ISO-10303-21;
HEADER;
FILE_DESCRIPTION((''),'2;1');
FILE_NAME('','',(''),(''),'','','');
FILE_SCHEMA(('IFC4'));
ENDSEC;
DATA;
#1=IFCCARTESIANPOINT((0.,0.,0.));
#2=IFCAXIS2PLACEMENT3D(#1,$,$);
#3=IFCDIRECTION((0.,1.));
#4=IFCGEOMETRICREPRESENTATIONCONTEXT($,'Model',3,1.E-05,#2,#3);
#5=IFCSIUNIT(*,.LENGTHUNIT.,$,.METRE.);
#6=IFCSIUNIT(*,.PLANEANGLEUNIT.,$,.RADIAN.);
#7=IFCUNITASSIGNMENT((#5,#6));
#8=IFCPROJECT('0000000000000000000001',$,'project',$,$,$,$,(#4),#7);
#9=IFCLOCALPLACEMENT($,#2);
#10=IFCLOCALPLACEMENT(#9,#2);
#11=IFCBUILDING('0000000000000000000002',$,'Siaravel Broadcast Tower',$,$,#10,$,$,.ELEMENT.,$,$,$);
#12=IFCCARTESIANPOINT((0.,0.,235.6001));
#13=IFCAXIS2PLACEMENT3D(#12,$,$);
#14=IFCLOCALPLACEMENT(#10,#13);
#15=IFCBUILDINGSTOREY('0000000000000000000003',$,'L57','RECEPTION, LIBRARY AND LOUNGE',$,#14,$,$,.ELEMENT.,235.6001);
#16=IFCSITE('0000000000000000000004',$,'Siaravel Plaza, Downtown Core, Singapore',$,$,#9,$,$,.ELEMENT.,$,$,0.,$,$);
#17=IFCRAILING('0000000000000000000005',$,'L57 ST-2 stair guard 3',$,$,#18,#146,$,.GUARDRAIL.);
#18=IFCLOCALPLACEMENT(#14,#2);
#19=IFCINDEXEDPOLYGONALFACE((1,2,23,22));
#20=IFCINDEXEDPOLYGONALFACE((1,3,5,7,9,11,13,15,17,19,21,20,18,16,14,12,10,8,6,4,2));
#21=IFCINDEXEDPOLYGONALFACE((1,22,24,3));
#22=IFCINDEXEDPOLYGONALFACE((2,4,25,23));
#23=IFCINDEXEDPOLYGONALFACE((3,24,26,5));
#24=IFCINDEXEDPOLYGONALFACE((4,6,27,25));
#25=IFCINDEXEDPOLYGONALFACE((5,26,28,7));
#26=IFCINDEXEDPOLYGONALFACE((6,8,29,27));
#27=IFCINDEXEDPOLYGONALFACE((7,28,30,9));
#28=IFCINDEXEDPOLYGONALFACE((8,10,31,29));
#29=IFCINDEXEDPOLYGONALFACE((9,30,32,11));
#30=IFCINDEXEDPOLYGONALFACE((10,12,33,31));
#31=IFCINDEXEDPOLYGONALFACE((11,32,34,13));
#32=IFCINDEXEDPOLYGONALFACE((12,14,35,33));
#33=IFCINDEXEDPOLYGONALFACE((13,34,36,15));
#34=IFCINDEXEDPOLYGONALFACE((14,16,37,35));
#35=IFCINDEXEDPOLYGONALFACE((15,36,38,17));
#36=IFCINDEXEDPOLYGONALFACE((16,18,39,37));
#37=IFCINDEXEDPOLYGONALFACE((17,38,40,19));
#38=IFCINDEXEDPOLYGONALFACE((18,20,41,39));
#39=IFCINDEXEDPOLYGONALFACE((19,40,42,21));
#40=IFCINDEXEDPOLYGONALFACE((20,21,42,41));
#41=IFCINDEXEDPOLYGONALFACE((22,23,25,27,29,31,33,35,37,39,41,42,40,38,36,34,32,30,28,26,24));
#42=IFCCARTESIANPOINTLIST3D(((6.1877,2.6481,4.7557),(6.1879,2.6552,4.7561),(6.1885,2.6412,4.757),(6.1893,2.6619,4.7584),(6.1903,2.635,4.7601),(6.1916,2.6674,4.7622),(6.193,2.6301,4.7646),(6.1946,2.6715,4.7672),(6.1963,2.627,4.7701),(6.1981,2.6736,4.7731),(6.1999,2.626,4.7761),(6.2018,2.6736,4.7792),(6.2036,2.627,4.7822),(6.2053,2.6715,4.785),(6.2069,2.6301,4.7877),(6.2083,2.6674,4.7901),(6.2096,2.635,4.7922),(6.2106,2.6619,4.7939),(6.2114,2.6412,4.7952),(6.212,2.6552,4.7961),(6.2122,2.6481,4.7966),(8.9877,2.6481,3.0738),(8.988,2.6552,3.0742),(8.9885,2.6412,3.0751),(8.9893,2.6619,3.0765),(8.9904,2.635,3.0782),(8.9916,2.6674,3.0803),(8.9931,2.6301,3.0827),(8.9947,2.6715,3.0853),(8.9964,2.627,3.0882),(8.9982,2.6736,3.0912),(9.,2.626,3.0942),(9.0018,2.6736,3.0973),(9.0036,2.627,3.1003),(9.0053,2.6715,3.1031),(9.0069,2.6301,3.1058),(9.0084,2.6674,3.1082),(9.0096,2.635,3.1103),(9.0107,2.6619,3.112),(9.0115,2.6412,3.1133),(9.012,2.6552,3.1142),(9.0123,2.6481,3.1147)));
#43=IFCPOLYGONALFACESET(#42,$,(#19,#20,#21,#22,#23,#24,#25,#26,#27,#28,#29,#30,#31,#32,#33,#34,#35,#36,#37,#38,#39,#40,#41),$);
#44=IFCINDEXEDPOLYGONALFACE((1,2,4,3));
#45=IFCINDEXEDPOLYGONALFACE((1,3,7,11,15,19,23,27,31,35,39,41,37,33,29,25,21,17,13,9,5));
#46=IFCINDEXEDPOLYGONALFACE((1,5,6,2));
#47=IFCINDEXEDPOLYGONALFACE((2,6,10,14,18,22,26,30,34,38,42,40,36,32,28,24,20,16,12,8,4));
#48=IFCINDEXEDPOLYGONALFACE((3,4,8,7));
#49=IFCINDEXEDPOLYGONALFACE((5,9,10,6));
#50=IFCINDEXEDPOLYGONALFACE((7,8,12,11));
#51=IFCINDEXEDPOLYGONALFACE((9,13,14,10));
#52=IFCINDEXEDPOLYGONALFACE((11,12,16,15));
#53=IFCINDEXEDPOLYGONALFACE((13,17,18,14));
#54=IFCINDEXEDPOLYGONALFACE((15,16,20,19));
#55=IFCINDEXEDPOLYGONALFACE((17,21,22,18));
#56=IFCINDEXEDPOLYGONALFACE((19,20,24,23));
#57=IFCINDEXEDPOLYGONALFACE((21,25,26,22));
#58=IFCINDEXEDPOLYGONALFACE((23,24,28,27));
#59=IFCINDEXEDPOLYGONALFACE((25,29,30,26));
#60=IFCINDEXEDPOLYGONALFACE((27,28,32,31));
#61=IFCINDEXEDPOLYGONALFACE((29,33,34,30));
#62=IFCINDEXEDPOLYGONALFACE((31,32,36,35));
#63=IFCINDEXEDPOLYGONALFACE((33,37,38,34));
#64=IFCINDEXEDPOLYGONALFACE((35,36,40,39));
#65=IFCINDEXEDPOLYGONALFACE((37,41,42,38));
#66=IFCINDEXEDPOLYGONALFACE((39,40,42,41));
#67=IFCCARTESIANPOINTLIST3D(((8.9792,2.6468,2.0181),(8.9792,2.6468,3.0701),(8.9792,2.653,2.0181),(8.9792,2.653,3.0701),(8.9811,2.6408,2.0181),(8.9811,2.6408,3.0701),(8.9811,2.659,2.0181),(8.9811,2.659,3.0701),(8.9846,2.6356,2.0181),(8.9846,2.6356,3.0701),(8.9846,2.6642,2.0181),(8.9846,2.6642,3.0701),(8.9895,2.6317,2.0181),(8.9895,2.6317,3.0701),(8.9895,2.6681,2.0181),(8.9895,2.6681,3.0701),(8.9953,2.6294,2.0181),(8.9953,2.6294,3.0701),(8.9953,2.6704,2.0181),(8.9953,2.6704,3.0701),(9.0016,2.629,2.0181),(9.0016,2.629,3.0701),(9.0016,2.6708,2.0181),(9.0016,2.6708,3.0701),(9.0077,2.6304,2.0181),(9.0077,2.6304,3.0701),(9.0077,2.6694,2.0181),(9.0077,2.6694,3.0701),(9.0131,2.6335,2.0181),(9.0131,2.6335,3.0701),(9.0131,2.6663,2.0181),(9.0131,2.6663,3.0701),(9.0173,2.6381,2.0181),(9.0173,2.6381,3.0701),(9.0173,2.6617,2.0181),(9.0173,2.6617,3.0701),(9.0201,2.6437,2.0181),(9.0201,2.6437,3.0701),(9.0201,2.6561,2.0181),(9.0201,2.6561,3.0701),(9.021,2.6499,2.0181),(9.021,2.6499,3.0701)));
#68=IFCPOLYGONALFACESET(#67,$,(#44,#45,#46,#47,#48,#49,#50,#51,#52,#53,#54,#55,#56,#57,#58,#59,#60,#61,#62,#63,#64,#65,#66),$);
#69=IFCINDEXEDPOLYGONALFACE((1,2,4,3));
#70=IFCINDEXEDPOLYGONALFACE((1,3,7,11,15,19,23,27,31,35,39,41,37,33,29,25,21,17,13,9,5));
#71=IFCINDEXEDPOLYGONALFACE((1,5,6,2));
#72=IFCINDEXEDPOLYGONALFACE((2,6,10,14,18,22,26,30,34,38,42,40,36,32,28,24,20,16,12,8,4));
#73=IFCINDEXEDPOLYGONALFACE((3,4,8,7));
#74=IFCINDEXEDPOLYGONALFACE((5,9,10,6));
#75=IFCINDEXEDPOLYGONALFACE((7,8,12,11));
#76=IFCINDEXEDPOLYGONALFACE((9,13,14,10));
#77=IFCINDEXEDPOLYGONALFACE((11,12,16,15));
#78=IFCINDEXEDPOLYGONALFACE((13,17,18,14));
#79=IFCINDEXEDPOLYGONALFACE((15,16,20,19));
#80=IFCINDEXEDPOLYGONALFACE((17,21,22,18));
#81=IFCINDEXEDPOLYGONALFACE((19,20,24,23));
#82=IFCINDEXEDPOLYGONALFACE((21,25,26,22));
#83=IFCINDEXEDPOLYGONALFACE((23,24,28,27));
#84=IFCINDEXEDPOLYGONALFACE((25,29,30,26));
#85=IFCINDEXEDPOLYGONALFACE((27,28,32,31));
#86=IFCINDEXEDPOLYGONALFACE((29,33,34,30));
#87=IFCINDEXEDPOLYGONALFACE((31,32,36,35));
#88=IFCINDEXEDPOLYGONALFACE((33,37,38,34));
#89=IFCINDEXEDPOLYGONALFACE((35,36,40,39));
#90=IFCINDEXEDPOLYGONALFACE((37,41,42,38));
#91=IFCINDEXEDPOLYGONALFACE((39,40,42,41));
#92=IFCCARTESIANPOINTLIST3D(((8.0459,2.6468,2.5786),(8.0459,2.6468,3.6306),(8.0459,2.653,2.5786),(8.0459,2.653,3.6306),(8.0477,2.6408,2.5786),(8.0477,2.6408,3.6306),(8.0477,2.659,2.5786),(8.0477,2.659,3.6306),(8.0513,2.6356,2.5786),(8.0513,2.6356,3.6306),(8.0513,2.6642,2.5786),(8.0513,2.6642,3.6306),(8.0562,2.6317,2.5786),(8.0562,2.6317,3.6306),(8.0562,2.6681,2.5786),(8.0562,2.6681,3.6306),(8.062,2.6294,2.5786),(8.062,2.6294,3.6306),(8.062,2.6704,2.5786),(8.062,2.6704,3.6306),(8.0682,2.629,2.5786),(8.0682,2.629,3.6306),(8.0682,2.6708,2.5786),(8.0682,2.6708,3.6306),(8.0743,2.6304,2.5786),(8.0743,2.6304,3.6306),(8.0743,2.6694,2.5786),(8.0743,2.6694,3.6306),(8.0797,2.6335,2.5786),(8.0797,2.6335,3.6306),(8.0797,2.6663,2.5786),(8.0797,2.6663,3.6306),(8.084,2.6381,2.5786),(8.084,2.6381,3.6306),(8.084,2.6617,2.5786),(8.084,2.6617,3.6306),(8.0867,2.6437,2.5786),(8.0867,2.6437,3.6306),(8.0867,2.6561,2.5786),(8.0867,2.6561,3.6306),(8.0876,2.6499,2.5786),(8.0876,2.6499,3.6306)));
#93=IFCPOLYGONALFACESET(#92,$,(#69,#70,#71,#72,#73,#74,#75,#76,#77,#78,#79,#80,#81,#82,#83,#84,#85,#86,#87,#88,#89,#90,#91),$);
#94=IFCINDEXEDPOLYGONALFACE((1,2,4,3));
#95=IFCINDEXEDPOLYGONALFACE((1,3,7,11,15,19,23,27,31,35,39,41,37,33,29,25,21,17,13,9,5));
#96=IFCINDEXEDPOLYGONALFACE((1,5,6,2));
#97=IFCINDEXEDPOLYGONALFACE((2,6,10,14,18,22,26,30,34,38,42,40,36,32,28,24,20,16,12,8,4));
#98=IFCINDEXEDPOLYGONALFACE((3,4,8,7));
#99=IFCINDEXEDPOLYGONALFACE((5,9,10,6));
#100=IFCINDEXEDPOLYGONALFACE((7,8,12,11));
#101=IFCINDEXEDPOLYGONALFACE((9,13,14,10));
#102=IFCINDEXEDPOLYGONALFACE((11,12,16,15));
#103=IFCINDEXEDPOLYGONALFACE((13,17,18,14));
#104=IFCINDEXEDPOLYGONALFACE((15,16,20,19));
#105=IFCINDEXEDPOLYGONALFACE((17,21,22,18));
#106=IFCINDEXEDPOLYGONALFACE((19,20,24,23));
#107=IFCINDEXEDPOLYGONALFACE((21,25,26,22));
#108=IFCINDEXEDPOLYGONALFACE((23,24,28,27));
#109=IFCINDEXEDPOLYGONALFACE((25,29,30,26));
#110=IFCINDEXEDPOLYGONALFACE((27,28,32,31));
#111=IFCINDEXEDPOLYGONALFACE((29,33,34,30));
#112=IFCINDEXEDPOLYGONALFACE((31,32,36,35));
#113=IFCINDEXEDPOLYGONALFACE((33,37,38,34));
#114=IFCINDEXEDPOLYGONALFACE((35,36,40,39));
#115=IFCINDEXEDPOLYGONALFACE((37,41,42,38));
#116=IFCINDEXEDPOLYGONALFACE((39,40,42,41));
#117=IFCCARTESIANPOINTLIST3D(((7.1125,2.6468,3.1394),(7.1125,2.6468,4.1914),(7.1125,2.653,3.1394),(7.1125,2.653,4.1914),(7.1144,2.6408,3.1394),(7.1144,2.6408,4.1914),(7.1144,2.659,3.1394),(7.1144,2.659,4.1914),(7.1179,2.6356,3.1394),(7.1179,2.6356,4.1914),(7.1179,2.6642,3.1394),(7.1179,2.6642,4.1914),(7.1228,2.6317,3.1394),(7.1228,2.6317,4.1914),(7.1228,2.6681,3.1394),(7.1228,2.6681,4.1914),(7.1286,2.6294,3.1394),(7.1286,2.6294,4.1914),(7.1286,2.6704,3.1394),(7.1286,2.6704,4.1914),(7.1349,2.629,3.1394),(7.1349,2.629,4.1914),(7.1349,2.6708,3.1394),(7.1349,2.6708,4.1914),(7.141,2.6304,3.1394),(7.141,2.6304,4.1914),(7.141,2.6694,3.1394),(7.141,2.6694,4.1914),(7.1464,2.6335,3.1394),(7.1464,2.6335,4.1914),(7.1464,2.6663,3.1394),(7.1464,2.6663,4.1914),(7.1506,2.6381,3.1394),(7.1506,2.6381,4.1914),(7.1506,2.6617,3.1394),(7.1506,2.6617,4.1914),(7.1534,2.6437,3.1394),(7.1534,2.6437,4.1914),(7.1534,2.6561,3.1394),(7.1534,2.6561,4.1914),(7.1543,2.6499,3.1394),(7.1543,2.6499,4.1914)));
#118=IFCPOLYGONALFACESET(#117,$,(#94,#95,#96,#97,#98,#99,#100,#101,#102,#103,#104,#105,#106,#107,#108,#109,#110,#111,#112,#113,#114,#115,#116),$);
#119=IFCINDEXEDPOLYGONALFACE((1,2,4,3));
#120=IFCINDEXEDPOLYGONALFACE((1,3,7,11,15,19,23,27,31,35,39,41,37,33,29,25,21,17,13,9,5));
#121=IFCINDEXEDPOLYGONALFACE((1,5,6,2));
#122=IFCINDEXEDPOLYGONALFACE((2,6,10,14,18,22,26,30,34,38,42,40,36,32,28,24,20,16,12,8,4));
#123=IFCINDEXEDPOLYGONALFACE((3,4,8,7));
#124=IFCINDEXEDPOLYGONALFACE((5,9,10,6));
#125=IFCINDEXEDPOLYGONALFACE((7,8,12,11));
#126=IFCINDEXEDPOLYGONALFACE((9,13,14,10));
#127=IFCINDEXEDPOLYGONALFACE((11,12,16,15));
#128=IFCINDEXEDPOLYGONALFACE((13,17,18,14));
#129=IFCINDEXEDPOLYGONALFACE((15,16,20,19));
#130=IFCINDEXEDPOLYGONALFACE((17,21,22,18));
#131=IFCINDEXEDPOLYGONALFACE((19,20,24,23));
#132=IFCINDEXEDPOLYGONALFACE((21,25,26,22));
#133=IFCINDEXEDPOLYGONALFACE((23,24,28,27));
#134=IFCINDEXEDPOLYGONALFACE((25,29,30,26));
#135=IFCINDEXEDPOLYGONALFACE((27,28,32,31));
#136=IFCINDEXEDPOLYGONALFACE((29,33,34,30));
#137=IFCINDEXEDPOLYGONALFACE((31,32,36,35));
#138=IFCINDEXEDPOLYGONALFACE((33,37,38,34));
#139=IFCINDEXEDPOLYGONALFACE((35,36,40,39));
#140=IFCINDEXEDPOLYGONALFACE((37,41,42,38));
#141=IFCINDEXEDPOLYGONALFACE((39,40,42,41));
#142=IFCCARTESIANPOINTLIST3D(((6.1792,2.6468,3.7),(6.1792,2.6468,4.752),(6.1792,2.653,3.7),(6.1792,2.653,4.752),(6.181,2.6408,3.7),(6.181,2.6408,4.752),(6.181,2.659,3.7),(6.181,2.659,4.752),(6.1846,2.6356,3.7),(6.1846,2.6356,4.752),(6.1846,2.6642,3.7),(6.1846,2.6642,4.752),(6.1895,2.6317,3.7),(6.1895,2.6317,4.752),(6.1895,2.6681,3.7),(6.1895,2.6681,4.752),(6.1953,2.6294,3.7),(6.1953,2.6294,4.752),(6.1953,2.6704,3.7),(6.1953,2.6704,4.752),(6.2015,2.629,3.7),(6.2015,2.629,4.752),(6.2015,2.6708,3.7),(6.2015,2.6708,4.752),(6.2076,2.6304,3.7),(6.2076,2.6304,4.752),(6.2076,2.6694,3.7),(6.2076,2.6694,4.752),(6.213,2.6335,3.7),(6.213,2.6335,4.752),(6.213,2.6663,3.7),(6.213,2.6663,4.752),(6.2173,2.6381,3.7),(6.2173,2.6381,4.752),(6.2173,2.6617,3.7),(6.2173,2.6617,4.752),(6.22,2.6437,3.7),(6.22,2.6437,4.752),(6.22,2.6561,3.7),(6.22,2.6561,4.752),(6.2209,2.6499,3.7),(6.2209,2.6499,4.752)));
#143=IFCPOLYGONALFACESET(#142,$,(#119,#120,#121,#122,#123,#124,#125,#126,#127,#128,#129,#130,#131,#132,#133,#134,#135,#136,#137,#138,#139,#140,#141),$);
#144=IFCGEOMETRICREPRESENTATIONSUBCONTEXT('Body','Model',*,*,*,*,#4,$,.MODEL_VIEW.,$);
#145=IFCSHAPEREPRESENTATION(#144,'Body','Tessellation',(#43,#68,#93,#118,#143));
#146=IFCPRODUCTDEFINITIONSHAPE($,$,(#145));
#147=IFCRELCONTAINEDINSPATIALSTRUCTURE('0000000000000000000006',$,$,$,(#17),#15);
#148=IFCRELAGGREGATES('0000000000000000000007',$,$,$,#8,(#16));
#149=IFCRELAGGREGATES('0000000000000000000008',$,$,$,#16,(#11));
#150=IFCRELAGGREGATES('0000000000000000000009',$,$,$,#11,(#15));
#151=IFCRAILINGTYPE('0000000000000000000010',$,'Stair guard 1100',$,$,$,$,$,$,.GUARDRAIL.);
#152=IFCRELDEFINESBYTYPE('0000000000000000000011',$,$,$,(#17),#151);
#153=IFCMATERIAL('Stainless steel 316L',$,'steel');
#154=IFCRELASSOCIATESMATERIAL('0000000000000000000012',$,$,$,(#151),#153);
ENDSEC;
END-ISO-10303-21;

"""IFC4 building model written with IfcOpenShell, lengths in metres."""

from ifc_helpers import new_model, si_unit, direction, frame, origin, origin_2d, place, context, subcontext, project, spatial, circle, extrude, material, type_object, element, save


model = new_model("IFC4")

# Units and contexts
model_context = context("Model", 3, precision=1e-05, world=origin(), true_north=direction((0.0, 1.0)))
body_context = subcontext(model_context, "Body", "Model", "MODEL_VIEW")
ifc_project = project(units=[si_unit("LENGTHUNIT", "METRE"), si_unit("PLANEANGLEUNIT", "RADIAN")], contexts=[model_context])

# Site, building, storey
site_placement = place(None, origin())
site = spatial("IfcSite", under=ifc_project, at=site_placement, Name="Siaravel Plaza, Downtown Core, Singapore", CompositionType="ELEMENT", RefElevation=0.0)
building_placement = place(site_placement, origin())
building = spatial("IfcBuilding", under=site, at=building_placement, Name="Siaravel Broadcast Tower", CompositionType="ELEMENT")
storey_placement = place(building_placement, frame((0.0, 0.0, 235.6001)))
storey = spatial("IfcBuildingStorey", under=building, at=storey_placement, Name="L57", Description="RECEPTION, LIBRARY AND LOUNGE", CompositionType="ELEMENT", Elevation=235.6001)

# Railing
ifc_material_1 = material(Name="Stainless steel 316L", Category="steel")
railing_type_1 = type_object("IfcRailingType", Name="Stair guard 1100", PredefinedType="GUARDRAIL", material=ifc_material_1)
railing_1_placement = place(storey_placement, frame((9.0, 2.6499, 2.0181)))
element("IfcRailing", 1, at=railing_1_placement, inside=storey, type_object=railing_type_1, Name="L57 ST-2 stair guard 3", PredefinedType="GUARDRAIL", context=body_context, shape_type="SweptSolid", body=[
    extrude(circle(Radius=0.0239, at=origin_2d()), frame((0.0, 0.0, 1.0762), z_axis=(-0.857242, 0.0, 0.514913), x_axis=(0.0, -1.0, 0.0)), (0.0, 0.0, 1.0), 3.2664),
    extrude(circle(Radius=0.021, at=origin_2d()), origin(), (0.0, 0.0, 1.0), 1.052),
    extrude(circle(Radius=0.021, at=origin_2d()), frame((-0.9333, 0.0, 0.5605)), (0.0, 0.0, 1.0), 1.052),
    extrude(circle(Radius=0.021, at=origin_2d()), frame((-1.8667, 0.0, 1.1213)), (0.0, 0.0, 1.0), 1.052),
    extrude(circle(Radius=0.021, at=origin_2d()), frame((-2.8, 0.0, 1.6819)), (0.0, 0.0, 1.0), 1.052),
])

save(model, "model.ifc")
